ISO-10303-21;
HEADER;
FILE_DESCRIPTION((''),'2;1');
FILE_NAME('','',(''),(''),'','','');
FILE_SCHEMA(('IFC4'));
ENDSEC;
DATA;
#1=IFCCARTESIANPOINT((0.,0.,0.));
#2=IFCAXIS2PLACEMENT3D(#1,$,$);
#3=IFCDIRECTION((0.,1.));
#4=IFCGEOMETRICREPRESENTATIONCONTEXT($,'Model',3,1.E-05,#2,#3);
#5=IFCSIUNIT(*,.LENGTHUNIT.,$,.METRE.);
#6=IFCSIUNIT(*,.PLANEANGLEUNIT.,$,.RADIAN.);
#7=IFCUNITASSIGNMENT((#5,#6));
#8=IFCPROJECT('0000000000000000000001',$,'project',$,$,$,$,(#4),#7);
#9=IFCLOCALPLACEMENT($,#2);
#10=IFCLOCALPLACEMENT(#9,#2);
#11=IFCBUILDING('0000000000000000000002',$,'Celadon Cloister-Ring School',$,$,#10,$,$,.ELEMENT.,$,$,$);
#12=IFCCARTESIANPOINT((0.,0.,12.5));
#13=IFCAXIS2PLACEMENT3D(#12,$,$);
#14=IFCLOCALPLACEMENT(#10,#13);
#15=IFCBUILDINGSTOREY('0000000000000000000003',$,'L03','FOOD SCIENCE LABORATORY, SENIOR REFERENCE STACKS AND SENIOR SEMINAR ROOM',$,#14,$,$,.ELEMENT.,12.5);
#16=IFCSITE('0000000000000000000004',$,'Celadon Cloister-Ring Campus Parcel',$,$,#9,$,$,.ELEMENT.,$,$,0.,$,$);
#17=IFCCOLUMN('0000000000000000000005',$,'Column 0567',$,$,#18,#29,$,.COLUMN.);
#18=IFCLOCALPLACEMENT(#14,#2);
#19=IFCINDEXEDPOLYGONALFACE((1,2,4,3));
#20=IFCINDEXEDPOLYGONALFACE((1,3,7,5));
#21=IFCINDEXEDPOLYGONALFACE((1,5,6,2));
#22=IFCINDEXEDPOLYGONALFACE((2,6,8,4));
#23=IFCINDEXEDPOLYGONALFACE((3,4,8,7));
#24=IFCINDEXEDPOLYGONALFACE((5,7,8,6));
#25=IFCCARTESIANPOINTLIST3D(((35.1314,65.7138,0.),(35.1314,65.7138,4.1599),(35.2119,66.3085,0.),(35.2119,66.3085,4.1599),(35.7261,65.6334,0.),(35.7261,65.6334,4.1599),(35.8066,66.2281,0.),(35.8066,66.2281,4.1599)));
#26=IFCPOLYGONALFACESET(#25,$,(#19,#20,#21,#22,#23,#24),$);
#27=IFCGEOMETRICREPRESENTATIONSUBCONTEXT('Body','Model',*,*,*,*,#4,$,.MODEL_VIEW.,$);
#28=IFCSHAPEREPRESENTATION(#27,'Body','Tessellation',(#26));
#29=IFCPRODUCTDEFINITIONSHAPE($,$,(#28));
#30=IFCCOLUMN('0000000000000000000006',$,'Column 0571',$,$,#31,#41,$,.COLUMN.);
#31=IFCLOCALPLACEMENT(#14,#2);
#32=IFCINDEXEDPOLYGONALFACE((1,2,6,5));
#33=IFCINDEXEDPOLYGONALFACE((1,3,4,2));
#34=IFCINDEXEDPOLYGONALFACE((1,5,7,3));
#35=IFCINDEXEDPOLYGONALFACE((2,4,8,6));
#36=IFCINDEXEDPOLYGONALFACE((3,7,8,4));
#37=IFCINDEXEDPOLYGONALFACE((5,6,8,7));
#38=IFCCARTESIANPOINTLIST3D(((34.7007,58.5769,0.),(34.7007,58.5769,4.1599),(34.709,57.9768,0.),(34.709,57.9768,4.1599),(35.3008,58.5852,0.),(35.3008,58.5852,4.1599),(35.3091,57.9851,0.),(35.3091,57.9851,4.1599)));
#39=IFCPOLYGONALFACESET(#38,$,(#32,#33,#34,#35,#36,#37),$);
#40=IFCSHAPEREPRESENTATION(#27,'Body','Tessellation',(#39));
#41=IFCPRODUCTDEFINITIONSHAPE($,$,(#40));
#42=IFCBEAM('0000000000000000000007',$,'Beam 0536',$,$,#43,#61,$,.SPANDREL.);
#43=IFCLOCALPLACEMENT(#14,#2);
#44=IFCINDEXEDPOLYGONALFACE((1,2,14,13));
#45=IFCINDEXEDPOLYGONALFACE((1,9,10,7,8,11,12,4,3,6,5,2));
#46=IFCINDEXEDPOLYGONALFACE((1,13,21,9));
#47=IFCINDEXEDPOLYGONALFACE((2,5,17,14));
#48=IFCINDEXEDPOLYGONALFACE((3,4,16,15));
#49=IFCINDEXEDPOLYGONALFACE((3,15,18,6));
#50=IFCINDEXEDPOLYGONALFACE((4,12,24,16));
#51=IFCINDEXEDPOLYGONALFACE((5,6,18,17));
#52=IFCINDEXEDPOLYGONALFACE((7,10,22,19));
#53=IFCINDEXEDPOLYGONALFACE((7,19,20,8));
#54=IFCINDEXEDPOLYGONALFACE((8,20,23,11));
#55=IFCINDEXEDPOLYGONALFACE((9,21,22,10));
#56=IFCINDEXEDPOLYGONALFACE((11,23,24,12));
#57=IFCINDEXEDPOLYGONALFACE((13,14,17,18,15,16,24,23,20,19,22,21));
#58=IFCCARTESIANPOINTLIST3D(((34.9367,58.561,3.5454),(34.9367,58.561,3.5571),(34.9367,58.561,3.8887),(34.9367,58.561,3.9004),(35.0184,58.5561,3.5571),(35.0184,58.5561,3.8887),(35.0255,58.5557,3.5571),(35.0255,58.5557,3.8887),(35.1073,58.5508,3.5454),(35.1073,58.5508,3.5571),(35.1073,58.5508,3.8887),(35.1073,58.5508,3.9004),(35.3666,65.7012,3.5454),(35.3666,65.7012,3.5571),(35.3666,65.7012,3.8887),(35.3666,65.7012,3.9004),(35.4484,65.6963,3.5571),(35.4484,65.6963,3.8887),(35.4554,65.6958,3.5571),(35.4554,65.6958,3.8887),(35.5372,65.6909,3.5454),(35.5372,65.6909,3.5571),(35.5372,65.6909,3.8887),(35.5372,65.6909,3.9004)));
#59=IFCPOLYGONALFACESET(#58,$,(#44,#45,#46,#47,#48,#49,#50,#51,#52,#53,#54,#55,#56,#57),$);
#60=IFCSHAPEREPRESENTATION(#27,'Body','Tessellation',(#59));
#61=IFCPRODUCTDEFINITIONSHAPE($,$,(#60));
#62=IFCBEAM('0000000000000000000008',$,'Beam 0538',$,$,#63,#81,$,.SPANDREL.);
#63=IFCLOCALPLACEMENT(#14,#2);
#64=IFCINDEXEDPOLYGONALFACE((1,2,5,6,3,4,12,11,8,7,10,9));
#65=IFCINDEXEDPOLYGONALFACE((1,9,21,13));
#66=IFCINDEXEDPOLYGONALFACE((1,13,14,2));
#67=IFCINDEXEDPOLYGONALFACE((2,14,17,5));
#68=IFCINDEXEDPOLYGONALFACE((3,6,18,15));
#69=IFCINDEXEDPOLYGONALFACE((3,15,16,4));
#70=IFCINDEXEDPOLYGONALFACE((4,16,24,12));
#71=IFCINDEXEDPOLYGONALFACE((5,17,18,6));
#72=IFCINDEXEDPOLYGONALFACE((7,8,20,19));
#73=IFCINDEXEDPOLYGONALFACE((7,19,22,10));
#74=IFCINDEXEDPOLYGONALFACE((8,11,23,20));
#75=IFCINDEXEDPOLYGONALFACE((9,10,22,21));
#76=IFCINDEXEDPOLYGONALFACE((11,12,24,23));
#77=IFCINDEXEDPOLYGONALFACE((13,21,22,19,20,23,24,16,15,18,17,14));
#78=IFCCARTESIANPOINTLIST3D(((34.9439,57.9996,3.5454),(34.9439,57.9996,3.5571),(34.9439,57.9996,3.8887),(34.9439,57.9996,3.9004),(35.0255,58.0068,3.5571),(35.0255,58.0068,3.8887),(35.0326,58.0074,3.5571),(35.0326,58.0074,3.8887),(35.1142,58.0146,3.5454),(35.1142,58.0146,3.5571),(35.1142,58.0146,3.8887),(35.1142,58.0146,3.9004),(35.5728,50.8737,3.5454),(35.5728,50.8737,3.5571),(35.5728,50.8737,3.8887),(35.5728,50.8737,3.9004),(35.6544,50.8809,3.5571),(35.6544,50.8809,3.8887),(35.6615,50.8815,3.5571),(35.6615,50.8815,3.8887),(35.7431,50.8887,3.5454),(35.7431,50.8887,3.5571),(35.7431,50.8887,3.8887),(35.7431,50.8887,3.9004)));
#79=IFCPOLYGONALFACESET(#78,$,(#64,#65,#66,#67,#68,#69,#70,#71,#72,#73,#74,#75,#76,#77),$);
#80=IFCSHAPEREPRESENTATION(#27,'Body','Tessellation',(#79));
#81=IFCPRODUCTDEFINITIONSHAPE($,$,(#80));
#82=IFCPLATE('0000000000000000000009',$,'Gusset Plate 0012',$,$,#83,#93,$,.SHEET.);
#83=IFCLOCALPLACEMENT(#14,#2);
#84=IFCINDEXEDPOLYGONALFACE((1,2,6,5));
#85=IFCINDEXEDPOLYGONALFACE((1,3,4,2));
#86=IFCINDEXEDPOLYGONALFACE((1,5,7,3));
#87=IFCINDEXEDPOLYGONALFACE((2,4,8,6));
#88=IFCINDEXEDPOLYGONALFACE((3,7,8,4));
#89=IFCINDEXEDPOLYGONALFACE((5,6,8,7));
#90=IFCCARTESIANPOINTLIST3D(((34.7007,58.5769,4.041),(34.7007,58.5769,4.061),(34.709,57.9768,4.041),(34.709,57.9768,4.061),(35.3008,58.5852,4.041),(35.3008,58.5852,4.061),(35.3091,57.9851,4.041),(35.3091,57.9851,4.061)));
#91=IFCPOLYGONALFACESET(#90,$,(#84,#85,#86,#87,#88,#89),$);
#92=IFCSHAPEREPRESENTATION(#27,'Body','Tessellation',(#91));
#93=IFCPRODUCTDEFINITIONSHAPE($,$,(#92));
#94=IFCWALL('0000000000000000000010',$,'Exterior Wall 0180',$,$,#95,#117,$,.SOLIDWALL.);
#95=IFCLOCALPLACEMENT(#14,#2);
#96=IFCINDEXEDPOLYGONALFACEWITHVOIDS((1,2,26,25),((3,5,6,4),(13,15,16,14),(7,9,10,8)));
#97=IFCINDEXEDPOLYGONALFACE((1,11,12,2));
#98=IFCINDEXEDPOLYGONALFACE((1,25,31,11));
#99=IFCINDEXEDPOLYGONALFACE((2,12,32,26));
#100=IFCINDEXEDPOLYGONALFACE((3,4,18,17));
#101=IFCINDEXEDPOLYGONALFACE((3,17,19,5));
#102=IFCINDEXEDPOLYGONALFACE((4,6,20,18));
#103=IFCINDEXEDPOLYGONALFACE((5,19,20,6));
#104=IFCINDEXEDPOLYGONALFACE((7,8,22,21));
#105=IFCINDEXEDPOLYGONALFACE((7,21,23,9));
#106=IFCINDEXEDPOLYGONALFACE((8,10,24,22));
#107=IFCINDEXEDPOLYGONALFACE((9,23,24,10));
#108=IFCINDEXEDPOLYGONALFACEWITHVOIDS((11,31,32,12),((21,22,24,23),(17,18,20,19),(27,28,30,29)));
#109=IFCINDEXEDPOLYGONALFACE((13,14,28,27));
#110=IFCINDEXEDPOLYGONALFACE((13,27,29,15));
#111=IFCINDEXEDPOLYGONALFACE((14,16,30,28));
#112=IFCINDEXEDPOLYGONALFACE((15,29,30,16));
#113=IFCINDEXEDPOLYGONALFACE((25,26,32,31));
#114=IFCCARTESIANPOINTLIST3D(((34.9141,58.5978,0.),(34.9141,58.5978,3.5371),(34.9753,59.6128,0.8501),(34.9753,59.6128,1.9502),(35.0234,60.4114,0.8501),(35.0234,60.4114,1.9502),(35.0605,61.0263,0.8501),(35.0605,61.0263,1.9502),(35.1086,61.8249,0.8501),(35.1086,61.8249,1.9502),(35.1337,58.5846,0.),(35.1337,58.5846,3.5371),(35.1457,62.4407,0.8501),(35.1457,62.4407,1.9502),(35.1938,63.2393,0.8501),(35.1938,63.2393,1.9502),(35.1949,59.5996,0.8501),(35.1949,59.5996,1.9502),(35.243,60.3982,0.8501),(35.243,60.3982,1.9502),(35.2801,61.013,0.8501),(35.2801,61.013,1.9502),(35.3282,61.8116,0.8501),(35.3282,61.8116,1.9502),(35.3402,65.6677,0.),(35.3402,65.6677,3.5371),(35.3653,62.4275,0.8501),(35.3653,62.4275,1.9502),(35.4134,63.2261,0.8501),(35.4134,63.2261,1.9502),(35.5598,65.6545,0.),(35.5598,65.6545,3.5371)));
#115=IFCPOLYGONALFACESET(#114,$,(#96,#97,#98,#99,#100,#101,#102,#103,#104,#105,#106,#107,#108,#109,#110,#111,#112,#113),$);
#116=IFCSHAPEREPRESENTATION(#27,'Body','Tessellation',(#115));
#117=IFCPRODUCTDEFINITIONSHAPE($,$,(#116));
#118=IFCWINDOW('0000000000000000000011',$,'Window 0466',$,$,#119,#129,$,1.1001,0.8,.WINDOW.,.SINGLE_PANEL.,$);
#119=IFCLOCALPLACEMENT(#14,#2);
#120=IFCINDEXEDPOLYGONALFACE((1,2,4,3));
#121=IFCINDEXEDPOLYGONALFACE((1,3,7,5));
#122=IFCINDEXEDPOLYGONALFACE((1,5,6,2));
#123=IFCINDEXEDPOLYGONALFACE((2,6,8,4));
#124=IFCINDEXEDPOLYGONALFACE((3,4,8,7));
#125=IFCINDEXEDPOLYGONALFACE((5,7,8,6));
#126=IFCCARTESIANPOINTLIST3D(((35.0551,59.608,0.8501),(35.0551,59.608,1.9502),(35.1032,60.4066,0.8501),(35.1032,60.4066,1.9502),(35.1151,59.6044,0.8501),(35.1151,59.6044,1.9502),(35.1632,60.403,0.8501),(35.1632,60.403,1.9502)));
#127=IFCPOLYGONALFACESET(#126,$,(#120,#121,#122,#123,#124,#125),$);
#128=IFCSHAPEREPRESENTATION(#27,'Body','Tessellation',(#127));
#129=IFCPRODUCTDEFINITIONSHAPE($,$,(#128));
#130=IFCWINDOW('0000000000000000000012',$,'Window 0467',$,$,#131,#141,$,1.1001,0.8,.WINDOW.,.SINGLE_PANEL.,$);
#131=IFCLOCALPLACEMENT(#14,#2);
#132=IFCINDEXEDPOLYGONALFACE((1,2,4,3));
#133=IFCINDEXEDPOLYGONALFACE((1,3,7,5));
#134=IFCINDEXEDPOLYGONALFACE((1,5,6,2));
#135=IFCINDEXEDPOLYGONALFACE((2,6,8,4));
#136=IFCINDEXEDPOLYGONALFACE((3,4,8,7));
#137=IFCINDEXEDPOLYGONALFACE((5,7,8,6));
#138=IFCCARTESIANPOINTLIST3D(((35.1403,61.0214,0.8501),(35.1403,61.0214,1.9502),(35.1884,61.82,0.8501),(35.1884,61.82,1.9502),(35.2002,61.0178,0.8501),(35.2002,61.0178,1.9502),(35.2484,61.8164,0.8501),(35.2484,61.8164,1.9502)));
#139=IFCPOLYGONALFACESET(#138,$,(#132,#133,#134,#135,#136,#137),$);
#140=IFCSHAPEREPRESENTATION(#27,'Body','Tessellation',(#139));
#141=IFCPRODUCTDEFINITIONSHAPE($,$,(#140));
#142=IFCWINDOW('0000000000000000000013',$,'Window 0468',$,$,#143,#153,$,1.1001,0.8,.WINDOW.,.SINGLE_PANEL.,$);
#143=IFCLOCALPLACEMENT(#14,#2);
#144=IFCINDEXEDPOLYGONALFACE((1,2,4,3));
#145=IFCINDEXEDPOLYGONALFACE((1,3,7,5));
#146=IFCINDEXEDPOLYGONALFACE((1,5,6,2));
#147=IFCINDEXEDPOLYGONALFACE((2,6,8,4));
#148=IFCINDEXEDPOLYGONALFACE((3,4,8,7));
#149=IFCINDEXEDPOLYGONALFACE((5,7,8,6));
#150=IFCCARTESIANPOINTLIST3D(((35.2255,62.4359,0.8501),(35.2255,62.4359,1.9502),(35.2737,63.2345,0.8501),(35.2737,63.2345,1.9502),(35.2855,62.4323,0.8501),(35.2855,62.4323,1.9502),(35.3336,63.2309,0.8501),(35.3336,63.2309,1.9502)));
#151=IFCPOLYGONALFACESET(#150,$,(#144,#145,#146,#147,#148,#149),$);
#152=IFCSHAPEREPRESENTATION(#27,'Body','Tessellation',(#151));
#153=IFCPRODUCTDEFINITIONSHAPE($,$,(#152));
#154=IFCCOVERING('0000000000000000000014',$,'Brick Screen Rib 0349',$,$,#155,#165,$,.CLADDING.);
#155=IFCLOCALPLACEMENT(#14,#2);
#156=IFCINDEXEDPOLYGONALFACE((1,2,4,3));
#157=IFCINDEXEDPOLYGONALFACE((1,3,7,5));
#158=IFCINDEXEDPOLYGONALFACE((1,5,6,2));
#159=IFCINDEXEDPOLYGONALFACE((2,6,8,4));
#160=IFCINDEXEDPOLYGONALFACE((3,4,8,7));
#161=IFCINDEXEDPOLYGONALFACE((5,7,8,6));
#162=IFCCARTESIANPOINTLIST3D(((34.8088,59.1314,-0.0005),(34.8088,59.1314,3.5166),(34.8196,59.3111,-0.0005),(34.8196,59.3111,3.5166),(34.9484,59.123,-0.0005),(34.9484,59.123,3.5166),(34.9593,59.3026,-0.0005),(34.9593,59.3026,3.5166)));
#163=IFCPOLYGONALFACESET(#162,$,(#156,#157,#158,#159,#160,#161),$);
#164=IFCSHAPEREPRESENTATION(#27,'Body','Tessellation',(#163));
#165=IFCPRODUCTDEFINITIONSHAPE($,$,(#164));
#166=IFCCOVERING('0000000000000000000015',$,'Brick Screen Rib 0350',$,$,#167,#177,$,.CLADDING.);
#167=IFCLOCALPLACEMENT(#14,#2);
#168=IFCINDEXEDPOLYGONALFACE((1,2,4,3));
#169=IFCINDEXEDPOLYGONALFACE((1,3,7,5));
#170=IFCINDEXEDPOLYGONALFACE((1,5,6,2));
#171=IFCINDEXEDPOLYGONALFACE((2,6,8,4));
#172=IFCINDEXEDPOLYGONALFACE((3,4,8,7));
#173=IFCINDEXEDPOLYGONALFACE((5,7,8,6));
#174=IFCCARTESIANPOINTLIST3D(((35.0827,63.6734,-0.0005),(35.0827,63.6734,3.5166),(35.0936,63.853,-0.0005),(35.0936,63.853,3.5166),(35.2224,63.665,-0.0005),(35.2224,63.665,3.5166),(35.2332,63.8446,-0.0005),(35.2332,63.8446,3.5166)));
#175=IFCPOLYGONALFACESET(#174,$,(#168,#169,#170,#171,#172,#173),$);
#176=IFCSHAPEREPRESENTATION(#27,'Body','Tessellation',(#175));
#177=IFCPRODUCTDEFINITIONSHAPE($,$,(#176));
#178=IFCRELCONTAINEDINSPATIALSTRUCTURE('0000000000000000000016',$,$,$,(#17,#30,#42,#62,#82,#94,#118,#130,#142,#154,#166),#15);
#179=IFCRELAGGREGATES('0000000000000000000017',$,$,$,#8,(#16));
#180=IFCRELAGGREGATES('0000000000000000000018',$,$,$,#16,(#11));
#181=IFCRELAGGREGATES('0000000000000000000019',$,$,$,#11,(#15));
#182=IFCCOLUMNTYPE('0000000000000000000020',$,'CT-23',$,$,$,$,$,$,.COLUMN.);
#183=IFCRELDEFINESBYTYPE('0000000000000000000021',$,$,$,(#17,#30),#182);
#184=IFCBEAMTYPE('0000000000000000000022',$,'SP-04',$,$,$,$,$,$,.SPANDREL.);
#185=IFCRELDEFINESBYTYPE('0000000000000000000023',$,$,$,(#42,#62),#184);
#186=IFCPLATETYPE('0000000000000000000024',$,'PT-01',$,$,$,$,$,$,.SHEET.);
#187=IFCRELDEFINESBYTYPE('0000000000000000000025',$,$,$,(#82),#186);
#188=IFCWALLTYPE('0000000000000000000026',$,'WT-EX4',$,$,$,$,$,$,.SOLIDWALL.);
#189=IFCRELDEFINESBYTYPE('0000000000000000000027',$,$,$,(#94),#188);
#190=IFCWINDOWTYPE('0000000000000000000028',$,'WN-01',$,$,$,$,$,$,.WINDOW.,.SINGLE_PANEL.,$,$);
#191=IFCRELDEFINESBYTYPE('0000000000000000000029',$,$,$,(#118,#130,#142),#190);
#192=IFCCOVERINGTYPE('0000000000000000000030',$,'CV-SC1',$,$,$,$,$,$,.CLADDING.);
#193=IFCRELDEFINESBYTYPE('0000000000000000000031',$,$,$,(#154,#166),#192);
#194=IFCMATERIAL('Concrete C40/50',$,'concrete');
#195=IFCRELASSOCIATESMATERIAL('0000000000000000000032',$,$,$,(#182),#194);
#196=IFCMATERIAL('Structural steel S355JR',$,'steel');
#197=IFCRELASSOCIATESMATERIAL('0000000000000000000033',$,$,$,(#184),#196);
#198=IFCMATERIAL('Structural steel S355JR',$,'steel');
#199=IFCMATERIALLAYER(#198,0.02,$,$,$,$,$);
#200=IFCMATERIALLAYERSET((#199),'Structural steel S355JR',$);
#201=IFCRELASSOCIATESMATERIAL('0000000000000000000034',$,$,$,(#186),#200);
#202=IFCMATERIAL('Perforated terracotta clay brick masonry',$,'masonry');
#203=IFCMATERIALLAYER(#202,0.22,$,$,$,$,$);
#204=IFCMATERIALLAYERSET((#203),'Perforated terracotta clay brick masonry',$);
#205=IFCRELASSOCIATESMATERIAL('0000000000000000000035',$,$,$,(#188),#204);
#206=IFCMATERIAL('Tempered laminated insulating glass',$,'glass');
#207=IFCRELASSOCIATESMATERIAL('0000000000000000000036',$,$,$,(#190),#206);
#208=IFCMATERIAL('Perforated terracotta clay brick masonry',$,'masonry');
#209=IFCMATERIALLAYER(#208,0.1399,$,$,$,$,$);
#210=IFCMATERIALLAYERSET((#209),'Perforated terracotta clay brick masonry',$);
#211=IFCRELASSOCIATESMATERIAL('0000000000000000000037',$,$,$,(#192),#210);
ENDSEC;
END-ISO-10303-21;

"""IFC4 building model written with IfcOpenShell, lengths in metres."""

from ifc_helpers import new_model, si_unit, direction, frame, frame_2d, origin, origin_2d, place, context, subcontext, project, spatial, rectangle, i_section, extrude, material, layer, layer_set, material_profile, profile_set, type_object, element, fill, save


model = new_model("IFC4")

# Units and contexts
model_context = context("Model", 3, precision=1e-05, world=origin(), true_north=direction((0.0, 1.0)))
body_context = subcontext(model_context, "Body", "Model", "MODEL_VIEW")
ifc_project = project(units=[si_unit("LENGTHUNIT", "METRE"), si_unit("PLANEANGLEUNIT", "RADIAN")], contexts=[model_context])

# Site, building, storey
site_placement = place(None, origin())
site = spatial("IfcSite", under=ifc_project, at=site_placement, Name="Celadon Cloister-Ring Campus Parcel", CompositionType="ELEMENT", RefElevation=0.0)
building_placement = place(site_placement, origin())
building = spatial("IfcBuilding", under=site, at=building_placement, Name="Celadon Cloister-Ring School", CompositionType="ELEMENT")
storey_placement = place(building_placement, frame((0.0, 0.0, 12.5)))
storey = spatial("IfcBuildingStorey", under=building, at=storey_placement, Name="L03", Description="FOOD SCIENCE LABORATORY, SENIOR REFERENCE STACKS AND SENIOR SEMINAR ROOM", CompositionType="ELEMENT", Elevation=12.5)

# Columns
ifc_material_1 = material(Name="Concrete C40/50", Category="concrete")
ifc_material_profile_1 = material_profile(ifc_material_1, rectangle(XDim=0.6001, YDim=0.6001, at=origin_2d()), Name="RC600X600")
ifc_profile_set_1 = profile_set([ifc_material_profile_1], Name="Concrete C40/50")
column_type = type_object("IfcColumnType", Name="CT-23", PredefinedType="COLUMN", material=ifc_profile_set_1)
for number, where, z_axis, x_axis, name in (
    (1, (35.469, 65.9709, 0.0), (0.0, 0.0, 1.0), (-0.990974, 0.134055, 0.0), "Column 0567"),
    (2, (35.0049, 58.281, 0.0), (0.0, 0.0, 1.0), (-0.999904, -0.013823, 0.0), "Column 0571"),
):
    element("IfcColumn", number, at=place(storey_placement, frame(where, z_axis=z_axis, x_axis=x_axis)), inside=storey, type_object=column_type, Name=name, PredefinedType="COLUMN", context=body_context, shape_type="SweptSolid", body=[
        extrude(rectangle(XDim=0.6001, YDim=0.6001, at=origin_2d()), origin(), (0.0, 0.0, 1.0), 4.1599),
    ])

# Beams
ifc_material_2 = material(Name="Structural steel S355JR", Category="steel")
ifc_material_profile_2 = material_profile(ifc_material_2, i_section(OverallWidth=0.1709, OverallDepth=0.355, WebThickness=0.0071, FlangeThickness=0.0117, at=origin_2d()), Name="W360X51")
ifc_profile_set_2 = profile_set([ifc_material_profile_2], Name="Structural steel S355JR")
beam_type = type_object("IfcBeamType", Name="SP-04", PredefinedType="SPANDREL", material=ifc_profile_set_2)
beam_1_placement = place(storey_placement, frame((35.4519, 65.696, 3.7229), z_axis=(-0.060105, -0.998192, 0.0), x_axis=(0.998192, -0.060105, 0.0)))
element("IfcBeam", 3, at=beam_1_placement, inside=storey, type_object=beam_type, Name="Beam 0536", PredefinedType="SPANDREL", context=body_context, shape_type="SweptSolid", body=[
    extrude(i_section(OverallWidth=0.1709, OverallDepth=0.355, WebThickness=0.0071, FlangeThickness=0.0117, at=origin_2d()), origin(), (0.0, 0.0, 1.0), 7.1531),
])
beam_2_placement = place(storey_placement, frame((35.0291, 58.0071, 3.7229), z_axis=(0.087914, -0.996128, 0.0), x_axis=(0.996128, 0.087914, 0.0)))
element("IfcBeam", 4, at=beam_2_placement, inside=storey, type_object=beam_type, Name="Beam 0538", PredefinedType="SPANDREL", context=body_context, shape_type="SweptSolid", body=[
    extrude(i_section(OverallWidth=0.1709, OverallDepth=0.355, WebThickness=0.0071, FlangeThickness=0.0117, at=origin_2d()), origin(), (0.0, 0.0, 1.0), 7.1536),
])

# Plate
ifc_material_3 = material(Name="Structural steel S355JR", Category="steel")
ifc_layer_1 = layer(ifc_material_3, 0.02)
ifc_layer_set_1 = layer_set([ifc_layer_1], Name="Structural steel S355JR")
plate_type = type_object("IfcPlateType", Name="PT-01", PredefinedType="SHEET", material=ifc_layer_set_1)
plate_placement = place(storey_placement, frame((35.0049, 58.281, 4.041), z_axis=(0.0, 0.0, 1.0), x_axis=(-0.999904, -0.013823, 0.0)))
element("IfcPlate", 5, at=plate_placement, inside=storey, type_object=plate_type, Name="Gusset Plate 0012", PredefinedType="SHEET", context=body_context, shape_type="SweptSolid", body=[
    extrude(rectangle(XDim=0.6001, YDim=0.6001, at=origin_2d()), origin(), (0.0, 0.0, 1.0), 0.02),
])

# Wall, openings, windows
ifc_material_4 = material(Name="Perforated terracotta clay brick masonry", Category="masonry")
ifc_layer_2 = layer(ifc_material_4, 0.22)
ifc_layer_set_2 = layer_set([ifc_layer_2], Name="Perforated terracotta clay brick masonry")
wall_type = type_object("IfcWallType", Name="WT-EX4", PredefinedType="SOLIDWALL", material=ifc_layer_set_2)
wall_placement = place(storey_placement, frame((35.0239, 58.5911, 0.0), z_axis=(0.0, 0.0, 1.0), x_axis=(0.060151, 0.998189, 0.0)))
wall = element("IfcWall", 6, at=wall_placement, inside=storey, type_object=wall_type, Name="Exterior Wall 0180", PredefinedType="SOLIDWALL", context=body_context, shape_type="SweptSolid", body=[
    extrude(rectangle(XDim=7.0828, YDim=0.22, at=frame_2d((3.5415, 0.0))), origin(), (0.0, 0.0, 1.0), 3.5371),
])
opening_1_placement = place(wall_placement, frame((1.0171, 0.0, 0.8501)))
opening_1 = element("IfcOpeningElement", 7, at=opening_1_placement, cuts=wall, PredefinedType="OPENING", context=body_context, shape_type="SweptSolid", body=[
    extrude(rectangle(XDim=0.8, YDim=1.1001, at=frame_2d((0.3999, 0.55))), frame((0.0, 0.1201, 0.0), z_axis=(0.0, -1.0, 0.0), x_axis=(1.0, 0.0, 0.0)), (0.0, 0.0, 1.0), 0.24),
])
opening_2_placement = place(wall_placement, frame((2.4331, 0.0, 0.8501)))
opening_2 = element("IfcOpeningElement", 8, at=opening_2_placement, cuts=wall, PredefinedType="OPENING", context=body_context, shape_type="SweptSolid", body=[
    extrude(rectangle(XDim=0.8, YDim=1.1001, at=frame_2d((0.3999, 0.55))), frame((0.0, 0.1201, 0.0), z_axis=(0.0, -1.0, 0.0), x_axis=(1.0, 0.0, 0.0)), (0.0, 0.0, 1.0), 0.24),
])
opening_3_placement = place(wall_placement, frame((3.8501, 0.0, 0.8501)))
opening_3 = element("IfcOpeningElement", 9, at=opening_3_placement, cuts=wall, PredefinedType="OPENING", context=body_context, shape_type="SweptSolid", body=[
    extrude(rectangle(XDim=0.8, YDim=1.1001, at=frame_2d((0.3999, 0.55))), frame((0.0, 0.1201, 0.0), z_axis=(0.0, -1.0, 0.0), x_axis=(1.0, 0.0, 0.0)), (0.0, 0.0, 1.0), 0.24),
])
ifc_material_5 = material(Name="Tempered laminated insulating glass", Category="glass")
window_type = type_object("IfcWindowType", Name="WN-01", PartitioningType="SINGLE_PANEL", PredefinedType="WINDOW", material=ifc_material_5)
window_1_placement = place(opening_1_placement, origin())
window_1 = element("IfcWindow", 10, at=window_1_placement, inside=storey, type_object=window_type, Name="Window 0466", OverallHeight=1.1001, OverallWidth=0.8, PartitioningType="SINGLE_PANEL", PredefinedType="WINDOW", context=body_context, shape_type="SweptSolid", body=[
    extrude(rectangle(XDim=0.8, YDim=1.1001, at=frame_2d((0.3999, 0.55))), frame((0.0, 0.03, 0.0), z_axis=(0.0, -1.0, 0.0), x_axis=(1.0, 0.0, 0.0)), (0.0, 0.0, 1.0), 0.0601),
])
fill(opening_1, window_1)
window_2_placement = place(opening_2_placement, origin())
window_2 = element("IfcWindow", 11, at=window_2_placement, inside=storey, type_object=window_type, Name="Window 0467", OverallHeight=1.1001, OverallWidth=0.8, PartitioningType="SINGLE_PANEL", PredefinedType="WINDOW", context=body_context, shape_type="SweptSolid", body=[
    extrude(rectangle(XDim=0.8, YDim=1.1001, at=frame_2d((0.3999, 0.55))), frame((0.0, 0.03, 0.0), z_axis=(0.0, -1.0, 0.0), x_axis=(1.0, 0.0, 0.0)), (0.0, 0.0, 1.0), 0.0601),
])
fill(opening_2, window_2)
window_3_placement = place(opening_3_placement, origin())
window_3 = element("IfcWindow", 12, at=window_3_placement, inside=storey, type_object=window_type, Name="Window 0468", OverallHeight=1.1001, OverallWidth=0.8, PartitioningType="SINGLE_PANEL", PredefinedType="WINDOW", context=body_context, shape_type="SweptSolid", body=[
    extrude(rectangle(XDim=0.8, YDim=1.1001, at=frame_2d((0.3999, 0.55))), frame((0.0, 0.03, 0.0), z_axis=(0.0, -1.0, 0.0), x_axis=(1.0, 0.0, 0.0)), (0.0, 0.0, 1.0), 0.0601),
])
fill(opening_3, window_3)

# Coverings
ifc_material_6 = material(Name="Perforated terracotta clay brick masonry", Category="masonry")
ifc_layer_3 = layer(ifc_material_6, 0.1399)
ifc_layer_set_3 = layer_set([ifc_layer_3], Name="Perforated terracotta clay brick masonry")
covering_type = type_object("IfcCoveringType", Name="CV-SC1", PredefinedType="CLADDING", material=ifc_layer_set_3)
for number, where, z_axis, x_axis, name in (
    (13, (34.884, 59.217, -0.0005), (0.0, 0.0, 1.0), (0.060143, 0.99819, 0.0), "Brick Screen Rib 0349"),
    (14, (35.158, 63.759, -0.0005), (0.0, 0.0, 1.0), (0.060143, 0.99819, 0.0), "Brick Screen Rib 0350"),
):
    element("IfcCovering", number, at=place(storey_placement, frame(where, z_axis=z_axis, x_axis=x_axis)), inside=storey, type_object=covering_type, Name=name, PredefinedType="CLADDING", context=body_context, shape_type="SweptSolid", body=[
        extrude(rectangle(XDim=0.1799, YDim=0.1399, at=origin_2d()), origin(), (0.0, 0.0, 1.0), 3.5171),
    ])

save(model, "model.ifc")
